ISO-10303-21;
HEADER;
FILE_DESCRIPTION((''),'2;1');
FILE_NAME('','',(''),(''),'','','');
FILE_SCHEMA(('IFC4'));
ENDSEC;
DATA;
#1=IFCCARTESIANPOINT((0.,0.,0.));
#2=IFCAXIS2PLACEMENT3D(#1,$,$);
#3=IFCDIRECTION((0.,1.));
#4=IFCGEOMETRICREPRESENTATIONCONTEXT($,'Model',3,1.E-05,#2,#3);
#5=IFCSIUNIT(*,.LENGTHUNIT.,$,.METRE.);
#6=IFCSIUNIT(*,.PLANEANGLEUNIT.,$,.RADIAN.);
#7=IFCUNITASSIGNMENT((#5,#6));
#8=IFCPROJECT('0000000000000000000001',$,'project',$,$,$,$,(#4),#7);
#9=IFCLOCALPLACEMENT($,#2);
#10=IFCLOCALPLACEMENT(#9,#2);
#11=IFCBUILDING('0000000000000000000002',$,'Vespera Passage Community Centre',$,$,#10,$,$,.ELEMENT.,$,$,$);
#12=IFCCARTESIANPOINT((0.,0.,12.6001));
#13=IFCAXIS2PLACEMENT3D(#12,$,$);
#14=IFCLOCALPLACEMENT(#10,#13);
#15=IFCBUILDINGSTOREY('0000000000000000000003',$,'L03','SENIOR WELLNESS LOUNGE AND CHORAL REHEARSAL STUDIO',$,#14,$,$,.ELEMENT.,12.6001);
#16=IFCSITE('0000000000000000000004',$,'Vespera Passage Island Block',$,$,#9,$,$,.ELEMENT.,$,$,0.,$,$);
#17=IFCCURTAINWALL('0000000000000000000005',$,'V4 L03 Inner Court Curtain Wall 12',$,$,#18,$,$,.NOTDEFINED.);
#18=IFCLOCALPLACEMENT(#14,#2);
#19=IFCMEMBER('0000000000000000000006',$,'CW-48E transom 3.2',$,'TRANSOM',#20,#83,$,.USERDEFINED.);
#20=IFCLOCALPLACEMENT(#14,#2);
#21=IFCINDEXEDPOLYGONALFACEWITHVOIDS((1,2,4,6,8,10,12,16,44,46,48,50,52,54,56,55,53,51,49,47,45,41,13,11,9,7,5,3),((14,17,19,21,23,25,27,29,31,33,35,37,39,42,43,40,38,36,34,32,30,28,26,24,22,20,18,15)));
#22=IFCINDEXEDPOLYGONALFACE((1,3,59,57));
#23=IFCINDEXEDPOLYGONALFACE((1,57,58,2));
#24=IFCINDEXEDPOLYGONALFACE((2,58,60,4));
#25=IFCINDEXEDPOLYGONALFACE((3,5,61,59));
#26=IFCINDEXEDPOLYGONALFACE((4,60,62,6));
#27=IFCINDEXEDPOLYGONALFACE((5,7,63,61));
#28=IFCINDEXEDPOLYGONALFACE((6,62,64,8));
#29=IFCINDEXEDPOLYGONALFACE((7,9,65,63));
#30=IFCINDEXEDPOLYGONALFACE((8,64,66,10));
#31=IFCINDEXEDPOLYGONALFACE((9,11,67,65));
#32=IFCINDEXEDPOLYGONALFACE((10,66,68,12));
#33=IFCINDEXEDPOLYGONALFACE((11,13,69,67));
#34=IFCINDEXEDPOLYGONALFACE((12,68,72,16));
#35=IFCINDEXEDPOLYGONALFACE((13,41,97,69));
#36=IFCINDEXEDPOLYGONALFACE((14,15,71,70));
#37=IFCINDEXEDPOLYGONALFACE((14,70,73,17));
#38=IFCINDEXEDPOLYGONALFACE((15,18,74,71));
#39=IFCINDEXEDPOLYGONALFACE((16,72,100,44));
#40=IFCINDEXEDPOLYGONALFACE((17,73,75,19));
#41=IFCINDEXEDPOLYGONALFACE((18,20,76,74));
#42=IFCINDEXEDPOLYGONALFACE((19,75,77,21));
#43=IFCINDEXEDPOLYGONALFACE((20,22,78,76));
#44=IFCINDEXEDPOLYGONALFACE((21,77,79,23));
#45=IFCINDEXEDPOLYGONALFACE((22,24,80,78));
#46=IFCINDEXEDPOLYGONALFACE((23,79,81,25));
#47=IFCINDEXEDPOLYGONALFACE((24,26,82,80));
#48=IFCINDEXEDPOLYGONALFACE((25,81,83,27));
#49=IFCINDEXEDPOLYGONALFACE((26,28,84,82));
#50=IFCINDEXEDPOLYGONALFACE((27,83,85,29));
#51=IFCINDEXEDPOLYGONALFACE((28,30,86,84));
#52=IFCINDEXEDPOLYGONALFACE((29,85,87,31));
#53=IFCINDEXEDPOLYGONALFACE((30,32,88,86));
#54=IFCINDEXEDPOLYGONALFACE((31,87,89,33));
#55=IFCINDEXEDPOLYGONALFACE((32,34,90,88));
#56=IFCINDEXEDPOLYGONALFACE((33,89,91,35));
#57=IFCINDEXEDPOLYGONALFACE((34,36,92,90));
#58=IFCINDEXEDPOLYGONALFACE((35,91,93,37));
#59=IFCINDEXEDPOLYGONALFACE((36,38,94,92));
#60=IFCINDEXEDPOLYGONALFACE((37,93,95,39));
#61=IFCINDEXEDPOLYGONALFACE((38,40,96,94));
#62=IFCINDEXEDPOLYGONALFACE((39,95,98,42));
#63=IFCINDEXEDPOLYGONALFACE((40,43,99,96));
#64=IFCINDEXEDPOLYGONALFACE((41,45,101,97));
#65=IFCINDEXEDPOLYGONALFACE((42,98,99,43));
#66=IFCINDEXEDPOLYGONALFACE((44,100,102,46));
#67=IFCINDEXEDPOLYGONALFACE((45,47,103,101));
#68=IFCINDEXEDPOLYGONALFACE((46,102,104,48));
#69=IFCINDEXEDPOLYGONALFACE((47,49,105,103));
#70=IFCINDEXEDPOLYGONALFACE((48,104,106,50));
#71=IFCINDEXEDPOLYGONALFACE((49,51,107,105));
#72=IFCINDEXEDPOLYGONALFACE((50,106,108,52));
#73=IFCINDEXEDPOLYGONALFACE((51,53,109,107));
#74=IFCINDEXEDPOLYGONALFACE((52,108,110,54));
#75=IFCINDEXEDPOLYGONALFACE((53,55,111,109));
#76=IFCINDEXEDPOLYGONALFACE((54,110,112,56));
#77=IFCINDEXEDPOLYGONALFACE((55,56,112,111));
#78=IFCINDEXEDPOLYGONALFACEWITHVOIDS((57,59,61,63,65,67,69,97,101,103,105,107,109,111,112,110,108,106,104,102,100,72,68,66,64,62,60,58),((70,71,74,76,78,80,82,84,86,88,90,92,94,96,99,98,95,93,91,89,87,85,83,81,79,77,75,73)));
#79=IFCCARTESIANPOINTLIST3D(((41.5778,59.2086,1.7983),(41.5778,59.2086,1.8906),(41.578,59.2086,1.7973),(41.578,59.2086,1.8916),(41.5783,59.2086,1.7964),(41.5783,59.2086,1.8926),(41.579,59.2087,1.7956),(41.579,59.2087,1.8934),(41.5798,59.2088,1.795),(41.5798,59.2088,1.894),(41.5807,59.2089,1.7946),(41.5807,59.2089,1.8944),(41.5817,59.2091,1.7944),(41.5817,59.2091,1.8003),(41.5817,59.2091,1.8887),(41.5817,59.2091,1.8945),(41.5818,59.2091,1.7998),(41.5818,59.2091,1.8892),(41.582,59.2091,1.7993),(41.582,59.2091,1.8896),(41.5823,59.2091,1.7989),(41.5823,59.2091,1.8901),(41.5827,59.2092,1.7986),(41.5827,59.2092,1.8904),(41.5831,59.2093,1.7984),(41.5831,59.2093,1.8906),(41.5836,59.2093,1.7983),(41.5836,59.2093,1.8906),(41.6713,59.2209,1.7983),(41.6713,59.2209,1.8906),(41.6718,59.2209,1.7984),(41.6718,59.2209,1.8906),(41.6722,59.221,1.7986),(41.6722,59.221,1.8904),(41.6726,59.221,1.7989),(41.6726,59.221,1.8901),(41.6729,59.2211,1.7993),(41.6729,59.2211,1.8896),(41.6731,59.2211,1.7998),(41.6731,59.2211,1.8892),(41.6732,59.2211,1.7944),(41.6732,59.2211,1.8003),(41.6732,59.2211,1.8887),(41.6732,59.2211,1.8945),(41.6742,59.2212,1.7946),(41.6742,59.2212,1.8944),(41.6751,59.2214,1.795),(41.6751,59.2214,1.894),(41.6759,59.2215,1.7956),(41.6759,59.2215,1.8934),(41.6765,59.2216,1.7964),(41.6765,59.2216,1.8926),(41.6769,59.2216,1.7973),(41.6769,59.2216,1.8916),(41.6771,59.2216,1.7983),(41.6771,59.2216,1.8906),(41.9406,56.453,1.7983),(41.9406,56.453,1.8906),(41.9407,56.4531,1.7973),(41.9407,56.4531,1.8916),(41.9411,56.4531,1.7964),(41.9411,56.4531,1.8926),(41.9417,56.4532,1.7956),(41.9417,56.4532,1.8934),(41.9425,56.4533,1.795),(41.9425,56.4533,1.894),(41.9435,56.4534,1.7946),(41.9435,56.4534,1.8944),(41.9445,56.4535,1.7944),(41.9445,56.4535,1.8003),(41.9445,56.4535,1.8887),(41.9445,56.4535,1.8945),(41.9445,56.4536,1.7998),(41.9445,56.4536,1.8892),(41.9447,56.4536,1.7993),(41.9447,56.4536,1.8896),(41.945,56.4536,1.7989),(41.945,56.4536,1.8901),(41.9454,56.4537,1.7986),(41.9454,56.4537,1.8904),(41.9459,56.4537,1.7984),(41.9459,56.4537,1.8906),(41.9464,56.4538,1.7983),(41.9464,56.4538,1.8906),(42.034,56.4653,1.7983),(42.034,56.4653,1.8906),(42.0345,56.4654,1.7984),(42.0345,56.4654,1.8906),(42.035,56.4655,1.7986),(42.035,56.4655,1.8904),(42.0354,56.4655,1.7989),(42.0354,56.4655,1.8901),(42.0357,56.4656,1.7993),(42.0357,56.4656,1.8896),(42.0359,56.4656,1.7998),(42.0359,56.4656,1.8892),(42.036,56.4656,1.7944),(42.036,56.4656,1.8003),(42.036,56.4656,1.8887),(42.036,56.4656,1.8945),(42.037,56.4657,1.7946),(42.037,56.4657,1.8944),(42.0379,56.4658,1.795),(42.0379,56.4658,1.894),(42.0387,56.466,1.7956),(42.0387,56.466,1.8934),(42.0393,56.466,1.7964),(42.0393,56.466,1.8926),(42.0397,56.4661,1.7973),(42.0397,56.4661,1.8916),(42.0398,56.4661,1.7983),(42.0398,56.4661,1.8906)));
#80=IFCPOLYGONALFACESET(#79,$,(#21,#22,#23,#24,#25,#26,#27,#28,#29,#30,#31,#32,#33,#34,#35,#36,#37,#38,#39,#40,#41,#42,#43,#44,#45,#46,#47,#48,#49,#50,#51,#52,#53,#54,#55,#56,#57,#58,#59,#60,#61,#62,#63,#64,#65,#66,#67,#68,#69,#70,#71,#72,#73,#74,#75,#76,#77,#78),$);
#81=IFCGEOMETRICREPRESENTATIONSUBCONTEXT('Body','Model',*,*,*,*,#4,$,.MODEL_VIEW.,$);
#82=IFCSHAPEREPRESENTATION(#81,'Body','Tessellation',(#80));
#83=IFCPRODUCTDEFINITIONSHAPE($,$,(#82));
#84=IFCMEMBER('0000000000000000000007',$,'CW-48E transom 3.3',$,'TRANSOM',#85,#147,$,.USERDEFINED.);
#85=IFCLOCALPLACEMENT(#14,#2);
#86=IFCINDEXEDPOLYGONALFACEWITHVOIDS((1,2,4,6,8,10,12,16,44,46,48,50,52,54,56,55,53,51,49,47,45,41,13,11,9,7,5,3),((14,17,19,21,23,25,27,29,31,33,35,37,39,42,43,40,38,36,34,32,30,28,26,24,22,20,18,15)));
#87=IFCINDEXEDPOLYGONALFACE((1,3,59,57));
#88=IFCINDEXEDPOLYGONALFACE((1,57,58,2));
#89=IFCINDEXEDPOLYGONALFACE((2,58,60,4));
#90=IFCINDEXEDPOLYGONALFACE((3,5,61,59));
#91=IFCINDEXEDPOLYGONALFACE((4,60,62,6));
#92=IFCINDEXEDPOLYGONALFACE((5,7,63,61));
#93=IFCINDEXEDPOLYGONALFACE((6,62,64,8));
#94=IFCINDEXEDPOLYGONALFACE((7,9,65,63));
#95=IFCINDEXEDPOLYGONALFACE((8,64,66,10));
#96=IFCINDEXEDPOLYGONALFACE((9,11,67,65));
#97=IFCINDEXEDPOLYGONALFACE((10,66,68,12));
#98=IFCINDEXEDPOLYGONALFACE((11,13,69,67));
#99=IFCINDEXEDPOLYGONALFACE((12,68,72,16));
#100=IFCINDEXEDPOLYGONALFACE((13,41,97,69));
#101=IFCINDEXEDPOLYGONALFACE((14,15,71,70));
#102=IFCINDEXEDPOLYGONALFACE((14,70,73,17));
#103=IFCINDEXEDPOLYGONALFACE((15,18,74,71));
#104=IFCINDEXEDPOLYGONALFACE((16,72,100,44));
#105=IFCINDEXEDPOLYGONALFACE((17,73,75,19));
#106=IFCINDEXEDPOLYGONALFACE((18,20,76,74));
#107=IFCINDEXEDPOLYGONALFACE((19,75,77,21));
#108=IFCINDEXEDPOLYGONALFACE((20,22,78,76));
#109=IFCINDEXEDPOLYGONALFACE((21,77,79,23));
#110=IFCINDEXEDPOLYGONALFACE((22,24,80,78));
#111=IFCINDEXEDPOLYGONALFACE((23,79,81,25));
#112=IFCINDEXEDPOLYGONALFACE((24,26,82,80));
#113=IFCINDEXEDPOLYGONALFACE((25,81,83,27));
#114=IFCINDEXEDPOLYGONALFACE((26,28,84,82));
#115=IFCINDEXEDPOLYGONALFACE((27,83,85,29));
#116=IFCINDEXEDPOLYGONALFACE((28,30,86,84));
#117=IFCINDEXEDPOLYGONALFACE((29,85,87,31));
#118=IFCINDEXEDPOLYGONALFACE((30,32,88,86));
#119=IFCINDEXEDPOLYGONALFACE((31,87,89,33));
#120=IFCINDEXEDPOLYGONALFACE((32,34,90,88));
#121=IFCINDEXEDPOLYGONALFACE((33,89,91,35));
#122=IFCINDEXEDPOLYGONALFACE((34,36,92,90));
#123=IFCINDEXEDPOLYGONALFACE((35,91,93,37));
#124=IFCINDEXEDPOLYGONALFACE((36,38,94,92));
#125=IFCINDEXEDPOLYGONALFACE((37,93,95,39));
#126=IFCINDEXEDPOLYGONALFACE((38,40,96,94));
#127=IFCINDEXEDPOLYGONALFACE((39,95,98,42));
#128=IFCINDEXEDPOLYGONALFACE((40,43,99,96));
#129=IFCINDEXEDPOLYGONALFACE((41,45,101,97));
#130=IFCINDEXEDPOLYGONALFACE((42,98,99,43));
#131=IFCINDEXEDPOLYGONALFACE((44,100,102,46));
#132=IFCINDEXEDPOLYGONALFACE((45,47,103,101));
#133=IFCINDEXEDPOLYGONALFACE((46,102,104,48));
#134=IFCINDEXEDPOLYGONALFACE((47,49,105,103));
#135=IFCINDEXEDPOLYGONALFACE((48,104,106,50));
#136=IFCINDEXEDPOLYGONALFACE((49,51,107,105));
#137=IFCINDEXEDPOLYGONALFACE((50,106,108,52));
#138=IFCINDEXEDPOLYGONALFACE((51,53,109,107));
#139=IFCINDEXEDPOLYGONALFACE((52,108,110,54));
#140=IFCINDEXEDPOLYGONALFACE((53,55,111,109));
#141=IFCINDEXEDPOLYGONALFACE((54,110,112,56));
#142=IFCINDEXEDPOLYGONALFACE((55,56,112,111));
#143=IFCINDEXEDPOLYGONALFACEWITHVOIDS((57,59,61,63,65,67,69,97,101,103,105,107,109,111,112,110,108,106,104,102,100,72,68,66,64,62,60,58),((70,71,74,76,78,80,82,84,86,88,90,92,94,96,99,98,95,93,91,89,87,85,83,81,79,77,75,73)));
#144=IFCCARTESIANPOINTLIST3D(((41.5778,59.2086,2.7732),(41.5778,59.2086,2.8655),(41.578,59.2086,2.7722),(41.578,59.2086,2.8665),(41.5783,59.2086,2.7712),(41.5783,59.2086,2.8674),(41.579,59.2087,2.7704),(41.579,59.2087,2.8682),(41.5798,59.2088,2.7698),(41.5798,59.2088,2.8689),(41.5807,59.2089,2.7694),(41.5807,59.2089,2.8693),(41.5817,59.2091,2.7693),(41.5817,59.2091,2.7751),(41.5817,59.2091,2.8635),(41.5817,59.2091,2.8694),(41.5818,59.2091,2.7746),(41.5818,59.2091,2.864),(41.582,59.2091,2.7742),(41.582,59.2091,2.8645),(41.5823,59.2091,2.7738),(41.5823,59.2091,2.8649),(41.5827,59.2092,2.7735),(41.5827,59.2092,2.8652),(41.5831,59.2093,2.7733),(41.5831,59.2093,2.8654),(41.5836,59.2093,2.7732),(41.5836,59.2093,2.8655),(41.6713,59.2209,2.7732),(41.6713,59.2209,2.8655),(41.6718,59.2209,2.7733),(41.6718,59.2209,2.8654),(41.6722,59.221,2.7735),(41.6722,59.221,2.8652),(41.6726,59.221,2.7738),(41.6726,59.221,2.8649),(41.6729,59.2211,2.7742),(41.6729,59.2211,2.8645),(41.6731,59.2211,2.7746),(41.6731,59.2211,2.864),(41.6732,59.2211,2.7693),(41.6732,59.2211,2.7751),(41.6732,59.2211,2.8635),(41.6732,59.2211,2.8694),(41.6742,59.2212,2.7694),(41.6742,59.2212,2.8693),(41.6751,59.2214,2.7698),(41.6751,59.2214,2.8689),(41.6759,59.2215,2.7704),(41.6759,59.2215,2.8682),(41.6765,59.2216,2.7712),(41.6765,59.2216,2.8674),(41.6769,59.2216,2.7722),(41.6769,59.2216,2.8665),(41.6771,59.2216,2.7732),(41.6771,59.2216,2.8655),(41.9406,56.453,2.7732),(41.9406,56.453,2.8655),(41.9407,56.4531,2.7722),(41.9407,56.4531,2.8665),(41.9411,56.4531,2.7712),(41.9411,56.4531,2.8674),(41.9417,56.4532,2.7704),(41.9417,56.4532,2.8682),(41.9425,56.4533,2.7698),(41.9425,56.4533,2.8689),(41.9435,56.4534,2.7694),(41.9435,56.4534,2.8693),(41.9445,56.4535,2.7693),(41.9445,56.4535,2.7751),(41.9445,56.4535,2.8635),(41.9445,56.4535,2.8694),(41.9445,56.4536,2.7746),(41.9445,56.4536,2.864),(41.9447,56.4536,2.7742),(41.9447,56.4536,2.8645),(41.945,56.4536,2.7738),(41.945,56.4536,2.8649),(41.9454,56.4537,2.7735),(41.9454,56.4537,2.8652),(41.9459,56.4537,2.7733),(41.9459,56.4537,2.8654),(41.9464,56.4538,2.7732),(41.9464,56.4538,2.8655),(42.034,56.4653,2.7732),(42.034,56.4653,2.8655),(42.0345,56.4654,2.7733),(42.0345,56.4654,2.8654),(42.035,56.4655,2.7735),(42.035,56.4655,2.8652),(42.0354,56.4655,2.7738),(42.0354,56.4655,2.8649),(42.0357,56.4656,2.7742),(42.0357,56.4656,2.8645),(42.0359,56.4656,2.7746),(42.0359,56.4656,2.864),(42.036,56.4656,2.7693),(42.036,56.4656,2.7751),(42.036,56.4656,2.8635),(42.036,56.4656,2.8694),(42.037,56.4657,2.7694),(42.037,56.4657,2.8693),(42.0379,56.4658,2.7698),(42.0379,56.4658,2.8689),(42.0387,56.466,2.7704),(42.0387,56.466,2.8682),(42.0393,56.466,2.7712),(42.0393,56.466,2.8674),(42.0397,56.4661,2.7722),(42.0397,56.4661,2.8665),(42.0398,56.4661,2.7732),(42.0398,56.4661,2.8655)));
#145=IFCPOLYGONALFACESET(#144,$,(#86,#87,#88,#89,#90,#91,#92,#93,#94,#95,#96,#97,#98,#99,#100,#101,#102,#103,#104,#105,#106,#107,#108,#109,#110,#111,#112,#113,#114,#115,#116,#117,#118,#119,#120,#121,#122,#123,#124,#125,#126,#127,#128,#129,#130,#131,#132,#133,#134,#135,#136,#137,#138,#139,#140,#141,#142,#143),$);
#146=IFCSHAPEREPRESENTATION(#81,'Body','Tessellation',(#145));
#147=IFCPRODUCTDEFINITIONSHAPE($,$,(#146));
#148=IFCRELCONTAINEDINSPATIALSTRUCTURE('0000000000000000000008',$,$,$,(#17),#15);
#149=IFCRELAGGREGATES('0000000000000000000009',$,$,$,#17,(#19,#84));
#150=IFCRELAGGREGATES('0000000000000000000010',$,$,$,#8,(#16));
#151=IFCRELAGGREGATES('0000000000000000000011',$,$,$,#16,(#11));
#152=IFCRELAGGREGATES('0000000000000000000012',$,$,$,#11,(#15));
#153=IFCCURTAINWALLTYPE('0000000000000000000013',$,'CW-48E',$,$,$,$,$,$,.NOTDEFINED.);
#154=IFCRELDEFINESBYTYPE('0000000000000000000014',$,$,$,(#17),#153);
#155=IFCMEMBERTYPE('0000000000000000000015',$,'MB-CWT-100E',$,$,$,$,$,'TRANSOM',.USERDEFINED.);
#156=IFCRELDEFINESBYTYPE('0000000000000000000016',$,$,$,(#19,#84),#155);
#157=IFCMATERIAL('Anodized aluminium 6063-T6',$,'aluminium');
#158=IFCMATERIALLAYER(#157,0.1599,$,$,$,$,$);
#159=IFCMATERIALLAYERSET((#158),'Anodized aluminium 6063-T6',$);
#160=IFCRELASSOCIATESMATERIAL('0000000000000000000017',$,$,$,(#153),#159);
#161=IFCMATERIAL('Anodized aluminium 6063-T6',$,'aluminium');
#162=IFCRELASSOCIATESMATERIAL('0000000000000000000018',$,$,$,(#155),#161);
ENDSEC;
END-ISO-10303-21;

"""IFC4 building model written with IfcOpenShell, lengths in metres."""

from ifc_helpers import new_model, si_unit, direction, frame, origin, origin_2d, place, context, subcontext, project, spatial, hollow_rectangle, extrude, material, layer, layer_set, material_profile, profile_set, type_object, element, aggregate, save


model = new_model("IFC4")

# Units and contexts
model_context = context("Model", 3, precision=1e-05, world=origin(), true_north=direction((0.0, 1.0)))
body_context = subcontext(model_context, "Body", "Model", "MODEL_VIEW")
ifc_project = project(units=[si_unit("LENGTHUNIT", "METRE"), si_unit("PLANEANGLEUNIT", "RADIAN")], contexts=[model_context])

# Site, building, storey
site_placement = place(None, origin())
site = spatial("IfcSite", under=ifc_project, at=site_placement, Name="Vespera Passage Island Block", CompositionType="ELEMENT", RefElevation=0.0)
building_placement = place(site_placement, origin())
building = spatial("IfcBuilding", under=site, at=building_placement, Name="Vespera Passage Community Centre", CompositionType="ELEMENT")
storey_placement = place(building_placement, frame((0.0, 0.0, 12.6001)))
storey = spatial("IfcBuildingStorey", under=building, at=storey_placement, Name="L03", Description="SENIOR WELLNESS LOUNGE AND CHORAL REHEARSAL STUDIO", CompositionType="ELEMENT", Elevation=12.6001)

# Curtain wall
ifc_material_1 = material(Name="Anodized aluminium 6063-T6", Category="aluminium")
ifc_layer_1 = layer(ifc_material_1, 0.1599)
ifc_layer_set_1 = layer_set([ifc_layer_1], Name="Anodized aluminium 6063-T6")
curtain_wall_type_1 = type_object("IfcCurtainWallType", Name="CW-48E", PredefinedType="NOTDEFINED", material=ifc_layer_set_1)
curtain_wall_1_placement = place(storey_placement, origin())
curtain_wall_1 = element("IfcCurtainWall", 1, at=curtain_wall_1_placement, inside=storey, type_object=curtain_wall_type_1, Name="V4 L03 Inner Court Curtain Wall 12", PredefinedType="NOTDEFINED")

# Members
ifc_material_2 = material(Name="Anodized aluminium 6063-T6", Category="aluminium")
ifc_material_profile_1 = material_profile(ifc_material_2, hollow_rectangle(XDim=0.1001, YDim=0.1001, WallThickness=0.0039, InnerFilletRadius=0.002, OuterFilletRadius=0.0039, at=origin_2d()), Name="ALU100X100X4")
ifc_profile_set_1 = profile_set([ifc_material_profile_1], Name="Anodized aluminium 6063-T6")
member_type_1 = type_object("IfcMemberType", Name="MB-CWT-100E", ElementType="TRANSOM", PredefinedType="USERDEFINED", material=ifc_profile_set_1)
member_1_placement = place(storey_placement, frame((41.6274, 59.2151, 1.8445), z_axis=(0.130529, -0.991444, 0.0), x_axis=(0.991444, 0.130529, 0.0)))
member_1 = element("IfcMember", 2, at=member_1_placement, type_object=member_type_1, Name="CW-48E transom 3.2", ObjectType="TRANSOM", PredefinedType="USERDEFINED", context=body_context, shape_type="SweptSolid", body=[
    extrude(hollow_rectangle(XDim=0.1001, YDim=0.1001, WallThickness=0.0039, InnerFilletRadius=0.002, OuterFilletRadius=0.0039, at=origin_2d()), origin(), (0.0, 0.0, 1.0), 2.7793),
])
member_2_placement = place(storey_placement, frame((41.6274, 59.2151, 2.8193), z_axis=(0.130529, -0.991444, 0.0), x_axis=(0.991444, 0.130529, 0.0)))
member_2 = element("IfcMember", 3, at=member_2_placement, type_object=member_type_1, Name="CW-48E transom 3.3", ObjectType="TRANSOM", PredefinedType="USERDEFINED", context=body_context, shape_type="SweptSolid", body=[
    extrude(hollow_rectangle(XDim=0.1001, YDim=0.1001, WallThickness=0.0039, InnerFilletRadius=0.002, OuterFilletRadius=0.0039, at=origin_2d()), origin(), (0.0, 0.0, 1.0), 2.7793),
])

aggregate(curtain_wall_1, [member_1, member_2])

save(model, "model.ifc")
